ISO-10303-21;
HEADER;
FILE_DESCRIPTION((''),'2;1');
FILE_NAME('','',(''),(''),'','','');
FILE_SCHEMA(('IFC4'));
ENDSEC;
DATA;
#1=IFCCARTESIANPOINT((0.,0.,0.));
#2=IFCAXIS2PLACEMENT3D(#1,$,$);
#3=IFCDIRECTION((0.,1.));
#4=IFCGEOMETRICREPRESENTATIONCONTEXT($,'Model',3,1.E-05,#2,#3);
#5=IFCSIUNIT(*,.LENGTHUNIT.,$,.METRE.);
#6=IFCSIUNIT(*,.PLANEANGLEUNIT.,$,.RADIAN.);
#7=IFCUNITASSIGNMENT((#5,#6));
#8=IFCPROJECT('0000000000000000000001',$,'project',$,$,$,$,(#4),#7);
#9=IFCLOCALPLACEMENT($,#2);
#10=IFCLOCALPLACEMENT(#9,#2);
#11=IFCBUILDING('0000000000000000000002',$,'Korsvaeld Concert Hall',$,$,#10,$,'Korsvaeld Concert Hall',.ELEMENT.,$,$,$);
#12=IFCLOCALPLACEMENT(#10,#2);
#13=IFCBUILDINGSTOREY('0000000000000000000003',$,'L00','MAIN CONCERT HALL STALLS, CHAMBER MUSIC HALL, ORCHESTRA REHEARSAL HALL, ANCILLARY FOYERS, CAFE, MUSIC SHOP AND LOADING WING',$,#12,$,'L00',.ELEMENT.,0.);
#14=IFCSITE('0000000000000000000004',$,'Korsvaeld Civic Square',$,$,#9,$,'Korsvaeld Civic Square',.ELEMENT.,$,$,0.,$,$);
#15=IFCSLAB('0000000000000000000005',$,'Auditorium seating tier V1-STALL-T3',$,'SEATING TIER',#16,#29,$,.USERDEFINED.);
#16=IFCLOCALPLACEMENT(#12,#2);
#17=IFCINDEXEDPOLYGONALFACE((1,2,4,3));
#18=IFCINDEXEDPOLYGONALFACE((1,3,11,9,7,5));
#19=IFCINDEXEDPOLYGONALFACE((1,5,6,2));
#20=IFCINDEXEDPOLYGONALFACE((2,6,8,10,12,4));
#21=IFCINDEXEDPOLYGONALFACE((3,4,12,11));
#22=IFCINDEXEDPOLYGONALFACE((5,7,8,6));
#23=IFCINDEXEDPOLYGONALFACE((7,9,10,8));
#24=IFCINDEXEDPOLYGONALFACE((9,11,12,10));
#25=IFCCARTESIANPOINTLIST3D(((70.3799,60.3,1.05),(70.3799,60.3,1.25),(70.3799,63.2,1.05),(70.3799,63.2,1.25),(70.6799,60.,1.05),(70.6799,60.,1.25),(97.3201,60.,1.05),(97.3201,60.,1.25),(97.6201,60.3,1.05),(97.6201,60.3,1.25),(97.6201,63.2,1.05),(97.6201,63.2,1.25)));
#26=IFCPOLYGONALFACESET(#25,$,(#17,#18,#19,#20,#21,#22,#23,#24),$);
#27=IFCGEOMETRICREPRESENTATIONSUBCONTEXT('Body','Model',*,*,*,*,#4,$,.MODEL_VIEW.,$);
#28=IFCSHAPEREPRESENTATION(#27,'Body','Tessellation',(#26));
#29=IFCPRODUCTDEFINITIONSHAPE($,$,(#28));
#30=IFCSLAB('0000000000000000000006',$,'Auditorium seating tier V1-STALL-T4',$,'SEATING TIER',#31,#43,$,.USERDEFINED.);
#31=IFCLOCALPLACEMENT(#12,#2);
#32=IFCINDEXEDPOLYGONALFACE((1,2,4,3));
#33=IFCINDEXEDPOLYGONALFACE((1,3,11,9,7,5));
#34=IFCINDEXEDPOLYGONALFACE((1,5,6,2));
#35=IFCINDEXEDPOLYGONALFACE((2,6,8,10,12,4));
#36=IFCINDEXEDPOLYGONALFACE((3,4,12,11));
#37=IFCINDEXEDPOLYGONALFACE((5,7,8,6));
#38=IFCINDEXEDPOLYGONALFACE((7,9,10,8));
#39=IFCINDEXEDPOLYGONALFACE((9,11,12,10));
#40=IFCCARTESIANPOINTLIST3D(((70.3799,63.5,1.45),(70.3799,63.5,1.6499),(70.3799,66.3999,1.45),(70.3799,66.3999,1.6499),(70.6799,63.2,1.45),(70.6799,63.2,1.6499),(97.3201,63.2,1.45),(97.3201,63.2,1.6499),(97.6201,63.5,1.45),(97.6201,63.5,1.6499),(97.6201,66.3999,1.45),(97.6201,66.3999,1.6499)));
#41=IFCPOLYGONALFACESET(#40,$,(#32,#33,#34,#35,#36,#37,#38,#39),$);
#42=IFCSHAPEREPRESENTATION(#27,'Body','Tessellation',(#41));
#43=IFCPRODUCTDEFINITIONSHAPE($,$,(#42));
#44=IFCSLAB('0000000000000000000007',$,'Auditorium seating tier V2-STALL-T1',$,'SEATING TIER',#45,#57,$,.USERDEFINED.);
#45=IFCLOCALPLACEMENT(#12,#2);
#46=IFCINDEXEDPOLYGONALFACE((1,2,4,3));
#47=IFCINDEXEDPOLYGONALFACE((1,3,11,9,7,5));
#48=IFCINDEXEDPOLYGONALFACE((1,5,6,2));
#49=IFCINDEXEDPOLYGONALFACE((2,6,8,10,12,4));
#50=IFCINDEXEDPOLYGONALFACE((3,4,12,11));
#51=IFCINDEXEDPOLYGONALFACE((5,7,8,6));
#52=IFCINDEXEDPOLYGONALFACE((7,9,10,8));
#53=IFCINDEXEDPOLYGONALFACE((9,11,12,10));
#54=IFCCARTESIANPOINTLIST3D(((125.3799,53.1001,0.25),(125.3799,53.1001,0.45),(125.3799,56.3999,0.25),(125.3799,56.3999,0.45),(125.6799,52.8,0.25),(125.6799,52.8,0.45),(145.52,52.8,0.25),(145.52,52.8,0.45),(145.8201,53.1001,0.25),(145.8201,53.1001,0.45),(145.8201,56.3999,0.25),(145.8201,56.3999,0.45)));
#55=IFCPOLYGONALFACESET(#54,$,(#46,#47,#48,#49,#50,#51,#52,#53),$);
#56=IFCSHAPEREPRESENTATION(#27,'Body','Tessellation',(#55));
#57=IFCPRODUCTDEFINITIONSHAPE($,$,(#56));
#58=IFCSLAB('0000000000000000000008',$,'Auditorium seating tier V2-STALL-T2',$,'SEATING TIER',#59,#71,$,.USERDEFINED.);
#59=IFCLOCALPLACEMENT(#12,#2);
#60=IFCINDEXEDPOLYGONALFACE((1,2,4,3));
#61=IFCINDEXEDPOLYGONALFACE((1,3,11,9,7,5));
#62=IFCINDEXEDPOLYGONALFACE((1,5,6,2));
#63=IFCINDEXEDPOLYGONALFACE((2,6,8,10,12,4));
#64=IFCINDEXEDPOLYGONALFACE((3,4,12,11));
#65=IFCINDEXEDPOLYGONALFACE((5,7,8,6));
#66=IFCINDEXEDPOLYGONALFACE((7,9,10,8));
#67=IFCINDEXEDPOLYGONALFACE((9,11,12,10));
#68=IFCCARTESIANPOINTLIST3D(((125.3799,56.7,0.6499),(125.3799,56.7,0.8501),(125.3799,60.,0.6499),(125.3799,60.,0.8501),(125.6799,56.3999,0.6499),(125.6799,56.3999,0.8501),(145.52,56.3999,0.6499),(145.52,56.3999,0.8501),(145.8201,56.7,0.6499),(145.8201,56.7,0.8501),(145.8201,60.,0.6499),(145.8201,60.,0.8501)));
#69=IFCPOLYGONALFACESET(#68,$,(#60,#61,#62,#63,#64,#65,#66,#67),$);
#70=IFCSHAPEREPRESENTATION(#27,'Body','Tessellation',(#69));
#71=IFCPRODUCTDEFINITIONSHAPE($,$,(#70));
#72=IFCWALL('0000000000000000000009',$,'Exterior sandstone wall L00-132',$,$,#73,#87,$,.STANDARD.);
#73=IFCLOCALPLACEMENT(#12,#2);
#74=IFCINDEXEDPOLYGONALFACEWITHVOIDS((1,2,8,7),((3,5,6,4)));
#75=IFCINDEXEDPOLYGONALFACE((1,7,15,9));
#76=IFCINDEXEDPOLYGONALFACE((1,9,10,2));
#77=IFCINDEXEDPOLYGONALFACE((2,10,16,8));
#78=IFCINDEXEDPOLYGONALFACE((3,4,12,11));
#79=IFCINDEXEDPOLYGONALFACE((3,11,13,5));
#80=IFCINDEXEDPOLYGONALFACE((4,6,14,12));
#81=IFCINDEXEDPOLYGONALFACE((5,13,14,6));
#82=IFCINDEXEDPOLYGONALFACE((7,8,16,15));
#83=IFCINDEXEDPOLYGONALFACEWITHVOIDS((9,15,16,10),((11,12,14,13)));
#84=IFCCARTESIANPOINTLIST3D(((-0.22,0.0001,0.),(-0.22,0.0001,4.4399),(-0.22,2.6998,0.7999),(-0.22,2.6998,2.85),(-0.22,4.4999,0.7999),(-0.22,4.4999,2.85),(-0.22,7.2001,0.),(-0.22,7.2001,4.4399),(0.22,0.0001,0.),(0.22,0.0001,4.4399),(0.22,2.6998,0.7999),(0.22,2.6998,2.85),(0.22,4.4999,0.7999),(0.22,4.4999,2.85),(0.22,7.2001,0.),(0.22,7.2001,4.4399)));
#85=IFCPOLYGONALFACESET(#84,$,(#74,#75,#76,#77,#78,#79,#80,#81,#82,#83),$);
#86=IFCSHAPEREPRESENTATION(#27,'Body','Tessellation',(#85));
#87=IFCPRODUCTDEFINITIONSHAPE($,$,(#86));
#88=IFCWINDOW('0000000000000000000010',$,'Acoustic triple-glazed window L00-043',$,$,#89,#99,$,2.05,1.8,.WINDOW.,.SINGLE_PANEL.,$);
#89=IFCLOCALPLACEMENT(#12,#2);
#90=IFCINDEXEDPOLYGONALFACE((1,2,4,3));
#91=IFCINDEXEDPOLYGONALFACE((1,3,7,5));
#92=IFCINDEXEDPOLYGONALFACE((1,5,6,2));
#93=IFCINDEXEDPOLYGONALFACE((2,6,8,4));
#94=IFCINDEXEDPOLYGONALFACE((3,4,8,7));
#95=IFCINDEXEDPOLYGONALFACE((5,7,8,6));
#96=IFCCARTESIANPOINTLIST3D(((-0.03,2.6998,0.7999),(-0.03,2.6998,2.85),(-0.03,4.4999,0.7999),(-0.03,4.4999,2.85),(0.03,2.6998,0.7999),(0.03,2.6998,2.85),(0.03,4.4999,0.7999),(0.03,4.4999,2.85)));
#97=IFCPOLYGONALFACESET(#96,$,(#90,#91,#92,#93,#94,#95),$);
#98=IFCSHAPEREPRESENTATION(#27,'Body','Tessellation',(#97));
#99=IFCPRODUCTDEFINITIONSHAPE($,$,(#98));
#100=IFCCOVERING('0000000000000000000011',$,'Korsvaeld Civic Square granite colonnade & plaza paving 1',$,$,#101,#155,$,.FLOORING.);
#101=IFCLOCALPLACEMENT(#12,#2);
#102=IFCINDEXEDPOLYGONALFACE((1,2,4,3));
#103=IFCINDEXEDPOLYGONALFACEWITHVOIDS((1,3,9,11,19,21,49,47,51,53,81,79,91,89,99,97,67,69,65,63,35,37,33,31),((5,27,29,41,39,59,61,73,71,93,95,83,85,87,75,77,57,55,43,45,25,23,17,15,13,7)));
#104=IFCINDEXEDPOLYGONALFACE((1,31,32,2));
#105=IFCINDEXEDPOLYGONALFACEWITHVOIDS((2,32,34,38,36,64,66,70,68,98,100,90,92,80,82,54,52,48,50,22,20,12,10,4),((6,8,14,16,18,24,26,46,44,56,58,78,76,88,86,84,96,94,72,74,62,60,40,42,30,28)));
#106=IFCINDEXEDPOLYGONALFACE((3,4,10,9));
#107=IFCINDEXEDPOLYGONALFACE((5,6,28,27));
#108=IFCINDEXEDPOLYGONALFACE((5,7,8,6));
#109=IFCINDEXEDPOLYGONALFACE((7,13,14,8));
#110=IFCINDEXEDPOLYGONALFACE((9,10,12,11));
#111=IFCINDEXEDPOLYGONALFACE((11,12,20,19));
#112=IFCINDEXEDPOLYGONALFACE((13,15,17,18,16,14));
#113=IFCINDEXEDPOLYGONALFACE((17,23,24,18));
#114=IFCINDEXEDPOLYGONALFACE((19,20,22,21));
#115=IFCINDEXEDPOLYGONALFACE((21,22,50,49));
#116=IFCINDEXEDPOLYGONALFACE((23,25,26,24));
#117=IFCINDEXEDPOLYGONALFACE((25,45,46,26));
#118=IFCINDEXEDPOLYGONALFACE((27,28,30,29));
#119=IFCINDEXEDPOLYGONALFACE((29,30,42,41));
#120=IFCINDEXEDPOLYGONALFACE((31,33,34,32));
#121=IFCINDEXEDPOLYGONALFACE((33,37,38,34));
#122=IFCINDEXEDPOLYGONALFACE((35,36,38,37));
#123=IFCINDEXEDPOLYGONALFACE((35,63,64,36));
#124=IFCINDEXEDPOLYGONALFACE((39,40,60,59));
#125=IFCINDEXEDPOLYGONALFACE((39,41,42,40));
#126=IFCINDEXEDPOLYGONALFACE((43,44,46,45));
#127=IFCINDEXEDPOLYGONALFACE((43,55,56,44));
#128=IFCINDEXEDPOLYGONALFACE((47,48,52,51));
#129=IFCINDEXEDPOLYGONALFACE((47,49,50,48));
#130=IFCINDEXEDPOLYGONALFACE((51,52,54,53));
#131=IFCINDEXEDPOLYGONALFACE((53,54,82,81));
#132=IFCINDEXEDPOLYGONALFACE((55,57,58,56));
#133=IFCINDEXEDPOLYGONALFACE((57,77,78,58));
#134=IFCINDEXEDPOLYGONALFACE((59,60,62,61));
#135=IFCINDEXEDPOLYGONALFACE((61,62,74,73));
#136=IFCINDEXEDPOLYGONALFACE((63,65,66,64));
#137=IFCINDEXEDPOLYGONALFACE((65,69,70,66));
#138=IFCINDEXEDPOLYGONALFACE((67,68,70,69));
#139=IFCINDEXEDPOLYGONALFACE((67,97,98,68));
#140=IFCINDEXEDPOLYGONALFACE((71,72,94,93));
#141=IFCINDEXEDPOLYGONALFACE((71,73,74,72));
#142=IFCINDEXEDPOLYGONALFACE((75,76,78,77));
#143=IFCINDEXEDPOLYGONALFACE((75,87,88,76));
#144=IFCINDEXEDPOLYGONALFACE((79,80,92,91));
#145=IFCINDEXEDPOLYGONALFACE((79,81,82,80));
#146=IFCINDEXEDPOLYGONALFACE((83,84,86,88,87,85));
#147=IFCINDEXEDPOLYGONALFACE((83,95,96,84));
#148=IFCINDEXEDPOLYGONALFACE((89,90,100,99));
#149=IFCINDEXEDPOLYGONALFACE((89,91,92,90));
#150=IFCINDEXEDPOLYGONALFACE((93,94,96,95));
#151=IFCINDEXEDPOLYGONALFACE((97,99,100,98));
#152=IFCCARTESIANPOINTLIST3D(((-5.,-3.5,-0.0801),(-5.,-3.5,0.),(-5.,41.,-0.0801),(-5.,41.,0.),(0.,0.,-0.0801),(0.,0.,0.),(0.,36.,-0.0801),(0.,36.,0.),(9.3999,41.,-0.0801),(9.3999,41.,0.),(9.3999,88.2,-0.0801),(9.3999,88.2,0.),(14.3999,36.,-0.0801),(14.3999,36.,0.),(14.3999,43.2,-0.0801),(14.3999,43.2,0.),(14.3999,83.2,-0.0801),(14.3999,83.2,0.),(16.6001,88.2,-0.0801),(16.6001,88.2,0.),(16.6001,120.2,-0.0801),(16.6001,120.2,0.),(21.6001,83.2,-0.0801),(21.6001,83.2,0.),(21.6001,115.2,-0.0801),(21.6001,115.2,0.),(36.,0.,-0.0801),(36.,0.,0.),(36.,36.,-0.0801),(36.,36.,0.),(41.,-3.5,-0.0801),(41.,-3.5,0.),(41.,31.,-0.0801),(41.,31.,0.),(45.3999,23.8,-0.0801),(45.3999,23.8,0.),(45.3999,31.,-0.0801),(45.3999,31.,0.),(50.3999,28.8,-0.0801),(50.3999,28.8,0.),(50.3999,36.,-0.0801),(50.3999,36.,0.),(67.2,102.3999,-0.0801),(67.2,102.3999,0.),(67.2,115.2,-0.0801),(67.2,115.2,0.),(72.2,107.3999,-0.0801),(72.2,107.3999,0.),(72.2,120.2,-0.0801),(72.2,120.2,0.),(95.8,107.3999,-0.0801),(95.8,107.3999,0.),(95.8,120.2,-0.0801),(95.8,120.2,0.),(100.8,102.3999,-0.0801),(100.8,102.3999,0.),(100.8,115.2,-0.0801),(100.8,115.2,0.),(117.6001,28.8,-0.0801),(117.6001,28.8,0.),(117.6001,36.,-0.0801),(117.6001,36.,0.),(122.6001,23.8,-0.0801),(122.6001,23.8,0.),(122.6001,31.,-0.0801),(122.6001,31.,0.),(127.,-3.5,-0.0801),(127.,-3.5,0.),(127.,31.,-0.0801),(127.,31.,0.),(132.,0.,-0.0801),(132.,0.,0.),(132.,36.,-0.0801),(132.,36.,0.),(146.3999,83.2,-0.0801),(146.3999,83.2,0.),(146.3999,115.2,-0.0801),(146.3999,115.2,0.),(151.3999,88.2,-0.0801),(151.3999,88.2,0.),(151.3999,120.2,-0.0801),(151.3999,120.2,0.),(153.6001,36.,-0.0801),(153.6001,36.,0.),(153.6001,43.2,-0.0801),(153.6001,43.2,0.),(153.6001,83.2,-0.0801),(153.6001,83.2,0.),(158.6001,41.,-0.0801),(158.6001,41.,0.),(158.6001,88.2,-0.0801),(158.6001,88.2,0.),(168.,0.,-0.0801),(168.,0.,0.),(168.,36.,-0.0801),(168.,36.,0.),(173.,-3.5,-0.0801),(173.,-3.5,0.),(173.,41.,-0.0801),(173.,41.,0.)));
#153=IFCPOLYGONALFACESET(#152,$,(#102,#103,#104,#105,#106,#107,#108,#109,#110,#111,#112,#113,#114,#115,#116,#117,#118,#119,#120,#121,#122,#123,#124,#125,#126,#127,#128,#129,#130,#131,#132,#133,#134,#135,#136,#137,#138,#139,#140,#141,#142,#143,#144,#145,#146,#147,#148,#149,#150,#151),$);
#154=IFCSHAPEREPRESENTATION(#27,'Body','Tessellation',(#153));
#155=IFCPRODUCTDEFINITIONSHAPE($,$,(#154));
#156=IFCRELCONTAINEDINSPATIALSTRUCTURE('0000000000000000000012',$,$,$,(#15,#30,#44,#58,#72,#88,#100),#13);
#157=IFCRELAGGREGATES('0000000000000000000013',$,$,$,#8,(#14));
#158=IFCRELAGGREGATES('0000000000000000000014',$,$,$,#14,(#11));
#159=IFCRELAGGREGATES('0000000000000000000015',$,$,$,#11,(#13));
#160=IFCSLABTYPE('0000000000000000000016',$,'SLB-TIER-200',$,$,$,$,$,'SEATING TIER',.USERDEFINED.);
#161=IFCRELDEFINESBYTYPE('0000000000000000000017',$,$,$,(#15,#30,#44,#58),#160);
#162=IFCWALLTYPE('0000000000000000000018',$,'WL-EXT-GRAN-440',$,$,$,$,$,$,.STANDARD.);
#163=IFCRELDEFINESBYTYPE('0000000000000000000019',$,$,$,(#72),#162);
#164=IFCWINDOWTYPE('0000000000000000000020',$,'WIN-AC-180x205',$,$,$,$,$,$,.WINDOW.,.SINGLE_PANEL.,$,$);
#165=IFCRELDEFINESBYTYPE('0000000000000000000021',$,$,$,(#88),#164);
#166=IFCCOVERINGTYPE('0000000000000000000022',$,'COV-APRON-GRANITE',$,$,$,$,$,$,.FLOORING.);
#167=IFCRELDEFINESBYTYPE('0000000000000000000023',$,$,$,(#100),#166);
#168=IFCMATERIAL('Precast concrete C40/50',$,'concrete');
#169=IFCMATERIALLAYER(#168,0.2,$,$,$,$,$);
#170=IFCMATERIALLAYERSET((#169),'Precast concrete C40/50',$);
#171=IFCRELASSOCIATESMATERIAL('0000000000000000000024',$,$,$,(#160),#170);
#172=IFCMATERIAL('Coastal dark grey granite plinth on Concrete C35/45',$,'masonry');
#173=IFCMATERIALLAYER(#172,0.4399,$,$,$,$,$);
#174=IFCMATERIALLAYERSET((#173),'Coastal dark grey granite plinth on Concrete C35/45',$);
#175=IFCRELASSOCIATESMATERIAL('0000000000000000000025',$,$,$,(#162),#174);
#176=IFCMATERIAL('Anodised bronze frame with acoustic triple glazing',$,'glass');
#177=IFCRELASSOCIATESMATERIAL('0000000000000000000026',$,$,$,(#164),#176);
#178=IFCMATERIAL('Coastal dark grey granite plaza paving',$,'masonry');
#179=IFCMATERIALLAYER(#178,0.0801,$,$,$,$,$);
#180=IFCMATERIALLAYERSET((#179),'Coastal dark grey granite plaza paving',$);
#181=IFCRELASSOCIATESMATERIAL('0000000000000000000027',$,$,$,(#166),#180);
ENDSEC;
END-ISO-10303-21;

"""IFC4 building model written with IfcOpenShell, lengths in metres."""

from ifc_helpers import new_model, si_unit, direction, frame, frame_2d, origin, place, context, subcontext, project, spatial, polyline, rectangle, outline, extrude, material, layer, layer_set, type_object, element, fill, save


model = new_model("IFC4")

# Units and contexts
model_context = context("Model", 3, precision=1e-05, world=origin(), true_north=direction((0.0, 1.0)))
body_context = subcontext(model_context, "Body", "Model", "MODEL_VIEW")
ifc_project = project(units=[si_unit("LENGTHUNIT", "METRE"), si_unit("PLANEANGLEUNIT", "RADIAN")], contexts=[model_context])

# Site, building, storey
site_placement = place(None, origin())
site = spatial("IfcSite", under=ifc_project, at=site_placement, Name="Korsvaeld Civic Square", LongName="Korsvaeld Civic Square", CompositionType="ELEMENT", RefElevation=0.0)
building_placement = place(site_placement, origin())
building = spatial("IfcBuilding", under=site, at=building_placement, Name="Korsvaeld Concert Hall", LongName="Korsvaeld Concert Hall", CompositionType="ELEMENT")
storey_placement = place(building_placement, origin())
storey = spatial("IfcBuildingStorey", under=building, at=storey_placement, Name="L00", Description="MAIN CONCERT HALL STALLS, CHAMBER MUSIC HALL, ORCHESTRA REHEARSAL HALL, ANCILLARY FOYERS, CAFE, MUSIC SHOP AND LOADING WING", LongName="L00", CompositionType="ELEMENT", Elevation=0.0)

# Slabs
ifc_material_1 = material(Name="Precast concrete C40/50", Category="concrete")
ifc_layer_1 = layer(ifc_material_1, 0.2)
ifc_layer_set_1 = layer_set([ifc_layer_1], Name="Precast concrete C40/50")
slab_type_1 = type_object("IfcSlabType", Name="SLB-TIER-200", ElementType="SEATING TIER", PredefinedType="USERDEFINED", material=ifc_layer_set_1)
slab_1_placement = place(storey_placement, frame((0.0, 0.0, 1.05)))
element("IfcSlab", 1, at=slab_1_placement, inside=storey, type_object=slab_type_1, Name="Auditorium seating tier V1-STALL-T3", ObjectType="SEATING TIER", PredefinedType="USERDEFINED", context=body_context, shape_type="SweptSolid", body=[
    extrude(outline(polyline([(70.3799, 60.3), (70.6799, 60.0), (97.3201, 60.0), (97.6201, 60.3), (97.6201, 63.2), (70.3799, 63.2), (70.3799, 60.3)])), origin(), (0.0, 0.0, 1.0), 0.2),
])
slab_2_placement = place(storey_placement, frame((0.0, 0.0, 1.45)))
element("IfcSlab", 2, at=slab_2_placement, inside=storey, type_object=slab_type_1, Name="Auditorium seating tier V1-STALL-T4", ObjectType="SEATING TIER", PredefinedType="USERDEFINED", context=body_context, shape_type="SweptSolid", body=[
    extrude(outline(polyline([(70.3799, 63.5), (70.6799, 63.2), (97.3201, 63.2), (97.6201, 63.5), (97.6201, 66.3999), (70.3799, 66.3999), (70.3799, 63.5)])), origin(), (0.0, 0.0, 1.0), 0.2),
])
slab_3_placement = place(storey_placement, frame((0.0, 0.0, 0.25)))
element("IfcSlab", 3, at=slab_3_placement, inside=storey, type_object=slab_type_1, Name="Auditorium seating tier V2-STALL-T1", ObjectType="SEATING TIER", PredefinedType="USERDEFINED", context=body_context, shape_type="SweptSolid", body=[
    extrude(outline(polyline([(125.3799, 53.1001), (125.6799, 52.8), (145.52, 52.8), (145.8201, 53.1001), (145.8201, 56.3999), (125.3799, 56.3999), (125.3799, 53.1001)])), origin(), (0.0, 0.0, 1.0), 0.2),
])
slab_4_placement = place(storey_placement, frame((0.0, 0.0, 0.6499)))
element("IfcSlab", 4, at=slab_4_placement, inside=storey, type_object=slab_type_1, Name="Auditorium seating tier V2-STALL-T2", ObjectType="SEATING TIER", PredefinedType="USERDEFINED", context=body_context, shape_type="SweptSolid", body=[
    extrude(outline(polyline([(125.3799, 56.7), (125.6799, 56.3999), (145.52, 56.3999), (145.8201, 56.7), (145.8201, 60.0), (125.3799, 60.0), (125.3799, 56.7)])), origin(), (0.0, 0.0, 1.0), 0.2002),
])

# Wall, opening, window
ifc_material_2 = material(Name="Coastal dark grey granite plinth on Concrete C35/45", Category="masonry")
ifc_layer_2 = layer(ifc_material_2, 0.4399)
ifc_layer_set_2 = layer_set([ifc_layer_2], Name="Coastal dark grey granite plinth on Concrete C35/45")
wall_type = type_object("IfcWallType", Name="WL-EXT-GRAN-440", PredefinedType="STANDARD", material=ifc_layer_set_2)
wall_placement = place(storey_placement, frame((0.0, 0.0, 0.0), z_axis=(0.0, 0.0, 1.0), x_axis=(0.0, 1.0, 0.0)))
wall = element("IfcWall", 5, at=wall_placement, inside=storey, type_object=wall_type, Name="Exterior sandstone wall L00-132", PredefinedType="STANDARD", context=body_context, shape_type="SweptSolid", body=[
    extrude(rectangle(XDim=7.2, YDim=0.4399, at=frame_2d((3.6001, 0.0))), origin(), (0.0, 0.0, 1.0), 4.4399),
])
opening_placement = place(wall_placement, frame((2.7, 0.0, 0.8)))
opening = element("IfcOpeningElement", 6, at=opening_placement, cuts=wall, PredefinedType="OPENING", context=body_context, shape_type="SweptSolid", body=[
    extrude(rectangle(XDim=1.8, YDim=2.05, at=frame_2d((0.8999, 1.0249))), frame((0.0, 0.23, 0.0), z_axis=(0.0, -1.0, 0.0), x_axis=(1.0, 0.0, 0.0)), (0.0, 0.0, 1.0), 0.46),
])
ifc_material_3 = material(Name="Anodised bronze frame with acoustic triple glazing", Category="glass")
window_type = type_object("IfcWindowType", Name="WIN-AC-180x205", PartitioningType="SINGLE_PANEL", PredefinedType="WINDOW", material=ifc_material_3)
window_placement = place(opening_placement, origin())
window = element("IfcWindow", 7, at=window_placement, inside=storey, type_object=window_type, Name="Acoustic triple-glazed window L00-043", OverallHeight=2.05, OverallWidth=1.8, PartitioningType="SINGLE_PANEL", PredefinedType="WINDOW", context=body_context, shape_type="SweptSolid", body=[
    extrude(rectangle(XDim=1.8, YDim=2.05, at=frame_2d((0.8999, 1.0249))), frame((0.0, 0.03, 0.0), z_axis=(0.0, -1.0, 0.0), x_axis=(1.0, 0.0, 0.0)), (0.0, 0.0, 1.0), 0.0601),
])
fill(opening, window)

# Covering
ifc_material_4 = material(Name="Coastal dark grey granite plaza paving", Category="masonry")
ifc_layer_3 = layer(ifc_material_4, 0.0801)
ifc_layer_set_3 = layer_set([ifc_layer_3], Name="Coastal dark grey granite plaza paving")
covering_type = type_object("IfcCoveringType", Name="COV-APRON-GRANITE", PredefinedType="FLOORING", material=ifc_layer_set_3)
covering_placement = place(storey_placement, frame((0.0, 0.0, -0.0801)))
element("IfcCovering", 8, at=covering_placement, inside=storey, type_object=covering_type, Name="Korsvaeld Civic Square granite colonnade & plaza paving 1", PredefinedType="FLOORING", context=body_context, shape_type="SweptSolid", body=[
    extrude(outline(polyline([(16.6001, 88.2), (16.6001, 120.2), (72.2, 120.2), (72.2, 107.3999), (95.8, 107.3999), (95.8, 120.2), (151.3999, 120.2), (151.3999, 88.2), (158.6001, 88.2), (158.6001, 41.0), (173.0, 41.0), (173.0, -3.5), (127.0, -3.5), (127.0, 31.0), (122.6001, 31.0), (122.6001, 23.8), (45.3999, 23.8), (45.3999, 31.0), (41.0, 31.0), (41.0, -3.5), (-5.0, -3.5), (-5.0, 41.0), (9.3999, 41.0), (9.3999, 88.2), (16.6001, 88.2)]), holes=[polyline([(0.0, 36.0), (0.0, 0.0), (36.0, 0.0), (36.0, 36.0), (50.3999, 36.0), (50.3999, 28.8), (117.6001, 28.8), (117.6001, 36.0), (132.0, 36.0), (132.0, 0.0), (168.0, 0.0), (168.0, 36.0), (153.6001, 36.0), (153.6001, 43.2), (153.6001, 83.2), (146.3999, 83.2), (146.3999, 115.2), (100.8, 115.2), (100.8, 102.3999), (67.2, 102.3999), (67.2, 115.2), (21.6001, 115.2), (21.6001, 83.2), (14.3999, 83.2), (14.3999, 43.2), (14.3999, 36.0), (0.0, 36.0)])]), origin(), (0.0, 0.0, 1.0), 0.0801),
])

save(model, "model.ifc")
